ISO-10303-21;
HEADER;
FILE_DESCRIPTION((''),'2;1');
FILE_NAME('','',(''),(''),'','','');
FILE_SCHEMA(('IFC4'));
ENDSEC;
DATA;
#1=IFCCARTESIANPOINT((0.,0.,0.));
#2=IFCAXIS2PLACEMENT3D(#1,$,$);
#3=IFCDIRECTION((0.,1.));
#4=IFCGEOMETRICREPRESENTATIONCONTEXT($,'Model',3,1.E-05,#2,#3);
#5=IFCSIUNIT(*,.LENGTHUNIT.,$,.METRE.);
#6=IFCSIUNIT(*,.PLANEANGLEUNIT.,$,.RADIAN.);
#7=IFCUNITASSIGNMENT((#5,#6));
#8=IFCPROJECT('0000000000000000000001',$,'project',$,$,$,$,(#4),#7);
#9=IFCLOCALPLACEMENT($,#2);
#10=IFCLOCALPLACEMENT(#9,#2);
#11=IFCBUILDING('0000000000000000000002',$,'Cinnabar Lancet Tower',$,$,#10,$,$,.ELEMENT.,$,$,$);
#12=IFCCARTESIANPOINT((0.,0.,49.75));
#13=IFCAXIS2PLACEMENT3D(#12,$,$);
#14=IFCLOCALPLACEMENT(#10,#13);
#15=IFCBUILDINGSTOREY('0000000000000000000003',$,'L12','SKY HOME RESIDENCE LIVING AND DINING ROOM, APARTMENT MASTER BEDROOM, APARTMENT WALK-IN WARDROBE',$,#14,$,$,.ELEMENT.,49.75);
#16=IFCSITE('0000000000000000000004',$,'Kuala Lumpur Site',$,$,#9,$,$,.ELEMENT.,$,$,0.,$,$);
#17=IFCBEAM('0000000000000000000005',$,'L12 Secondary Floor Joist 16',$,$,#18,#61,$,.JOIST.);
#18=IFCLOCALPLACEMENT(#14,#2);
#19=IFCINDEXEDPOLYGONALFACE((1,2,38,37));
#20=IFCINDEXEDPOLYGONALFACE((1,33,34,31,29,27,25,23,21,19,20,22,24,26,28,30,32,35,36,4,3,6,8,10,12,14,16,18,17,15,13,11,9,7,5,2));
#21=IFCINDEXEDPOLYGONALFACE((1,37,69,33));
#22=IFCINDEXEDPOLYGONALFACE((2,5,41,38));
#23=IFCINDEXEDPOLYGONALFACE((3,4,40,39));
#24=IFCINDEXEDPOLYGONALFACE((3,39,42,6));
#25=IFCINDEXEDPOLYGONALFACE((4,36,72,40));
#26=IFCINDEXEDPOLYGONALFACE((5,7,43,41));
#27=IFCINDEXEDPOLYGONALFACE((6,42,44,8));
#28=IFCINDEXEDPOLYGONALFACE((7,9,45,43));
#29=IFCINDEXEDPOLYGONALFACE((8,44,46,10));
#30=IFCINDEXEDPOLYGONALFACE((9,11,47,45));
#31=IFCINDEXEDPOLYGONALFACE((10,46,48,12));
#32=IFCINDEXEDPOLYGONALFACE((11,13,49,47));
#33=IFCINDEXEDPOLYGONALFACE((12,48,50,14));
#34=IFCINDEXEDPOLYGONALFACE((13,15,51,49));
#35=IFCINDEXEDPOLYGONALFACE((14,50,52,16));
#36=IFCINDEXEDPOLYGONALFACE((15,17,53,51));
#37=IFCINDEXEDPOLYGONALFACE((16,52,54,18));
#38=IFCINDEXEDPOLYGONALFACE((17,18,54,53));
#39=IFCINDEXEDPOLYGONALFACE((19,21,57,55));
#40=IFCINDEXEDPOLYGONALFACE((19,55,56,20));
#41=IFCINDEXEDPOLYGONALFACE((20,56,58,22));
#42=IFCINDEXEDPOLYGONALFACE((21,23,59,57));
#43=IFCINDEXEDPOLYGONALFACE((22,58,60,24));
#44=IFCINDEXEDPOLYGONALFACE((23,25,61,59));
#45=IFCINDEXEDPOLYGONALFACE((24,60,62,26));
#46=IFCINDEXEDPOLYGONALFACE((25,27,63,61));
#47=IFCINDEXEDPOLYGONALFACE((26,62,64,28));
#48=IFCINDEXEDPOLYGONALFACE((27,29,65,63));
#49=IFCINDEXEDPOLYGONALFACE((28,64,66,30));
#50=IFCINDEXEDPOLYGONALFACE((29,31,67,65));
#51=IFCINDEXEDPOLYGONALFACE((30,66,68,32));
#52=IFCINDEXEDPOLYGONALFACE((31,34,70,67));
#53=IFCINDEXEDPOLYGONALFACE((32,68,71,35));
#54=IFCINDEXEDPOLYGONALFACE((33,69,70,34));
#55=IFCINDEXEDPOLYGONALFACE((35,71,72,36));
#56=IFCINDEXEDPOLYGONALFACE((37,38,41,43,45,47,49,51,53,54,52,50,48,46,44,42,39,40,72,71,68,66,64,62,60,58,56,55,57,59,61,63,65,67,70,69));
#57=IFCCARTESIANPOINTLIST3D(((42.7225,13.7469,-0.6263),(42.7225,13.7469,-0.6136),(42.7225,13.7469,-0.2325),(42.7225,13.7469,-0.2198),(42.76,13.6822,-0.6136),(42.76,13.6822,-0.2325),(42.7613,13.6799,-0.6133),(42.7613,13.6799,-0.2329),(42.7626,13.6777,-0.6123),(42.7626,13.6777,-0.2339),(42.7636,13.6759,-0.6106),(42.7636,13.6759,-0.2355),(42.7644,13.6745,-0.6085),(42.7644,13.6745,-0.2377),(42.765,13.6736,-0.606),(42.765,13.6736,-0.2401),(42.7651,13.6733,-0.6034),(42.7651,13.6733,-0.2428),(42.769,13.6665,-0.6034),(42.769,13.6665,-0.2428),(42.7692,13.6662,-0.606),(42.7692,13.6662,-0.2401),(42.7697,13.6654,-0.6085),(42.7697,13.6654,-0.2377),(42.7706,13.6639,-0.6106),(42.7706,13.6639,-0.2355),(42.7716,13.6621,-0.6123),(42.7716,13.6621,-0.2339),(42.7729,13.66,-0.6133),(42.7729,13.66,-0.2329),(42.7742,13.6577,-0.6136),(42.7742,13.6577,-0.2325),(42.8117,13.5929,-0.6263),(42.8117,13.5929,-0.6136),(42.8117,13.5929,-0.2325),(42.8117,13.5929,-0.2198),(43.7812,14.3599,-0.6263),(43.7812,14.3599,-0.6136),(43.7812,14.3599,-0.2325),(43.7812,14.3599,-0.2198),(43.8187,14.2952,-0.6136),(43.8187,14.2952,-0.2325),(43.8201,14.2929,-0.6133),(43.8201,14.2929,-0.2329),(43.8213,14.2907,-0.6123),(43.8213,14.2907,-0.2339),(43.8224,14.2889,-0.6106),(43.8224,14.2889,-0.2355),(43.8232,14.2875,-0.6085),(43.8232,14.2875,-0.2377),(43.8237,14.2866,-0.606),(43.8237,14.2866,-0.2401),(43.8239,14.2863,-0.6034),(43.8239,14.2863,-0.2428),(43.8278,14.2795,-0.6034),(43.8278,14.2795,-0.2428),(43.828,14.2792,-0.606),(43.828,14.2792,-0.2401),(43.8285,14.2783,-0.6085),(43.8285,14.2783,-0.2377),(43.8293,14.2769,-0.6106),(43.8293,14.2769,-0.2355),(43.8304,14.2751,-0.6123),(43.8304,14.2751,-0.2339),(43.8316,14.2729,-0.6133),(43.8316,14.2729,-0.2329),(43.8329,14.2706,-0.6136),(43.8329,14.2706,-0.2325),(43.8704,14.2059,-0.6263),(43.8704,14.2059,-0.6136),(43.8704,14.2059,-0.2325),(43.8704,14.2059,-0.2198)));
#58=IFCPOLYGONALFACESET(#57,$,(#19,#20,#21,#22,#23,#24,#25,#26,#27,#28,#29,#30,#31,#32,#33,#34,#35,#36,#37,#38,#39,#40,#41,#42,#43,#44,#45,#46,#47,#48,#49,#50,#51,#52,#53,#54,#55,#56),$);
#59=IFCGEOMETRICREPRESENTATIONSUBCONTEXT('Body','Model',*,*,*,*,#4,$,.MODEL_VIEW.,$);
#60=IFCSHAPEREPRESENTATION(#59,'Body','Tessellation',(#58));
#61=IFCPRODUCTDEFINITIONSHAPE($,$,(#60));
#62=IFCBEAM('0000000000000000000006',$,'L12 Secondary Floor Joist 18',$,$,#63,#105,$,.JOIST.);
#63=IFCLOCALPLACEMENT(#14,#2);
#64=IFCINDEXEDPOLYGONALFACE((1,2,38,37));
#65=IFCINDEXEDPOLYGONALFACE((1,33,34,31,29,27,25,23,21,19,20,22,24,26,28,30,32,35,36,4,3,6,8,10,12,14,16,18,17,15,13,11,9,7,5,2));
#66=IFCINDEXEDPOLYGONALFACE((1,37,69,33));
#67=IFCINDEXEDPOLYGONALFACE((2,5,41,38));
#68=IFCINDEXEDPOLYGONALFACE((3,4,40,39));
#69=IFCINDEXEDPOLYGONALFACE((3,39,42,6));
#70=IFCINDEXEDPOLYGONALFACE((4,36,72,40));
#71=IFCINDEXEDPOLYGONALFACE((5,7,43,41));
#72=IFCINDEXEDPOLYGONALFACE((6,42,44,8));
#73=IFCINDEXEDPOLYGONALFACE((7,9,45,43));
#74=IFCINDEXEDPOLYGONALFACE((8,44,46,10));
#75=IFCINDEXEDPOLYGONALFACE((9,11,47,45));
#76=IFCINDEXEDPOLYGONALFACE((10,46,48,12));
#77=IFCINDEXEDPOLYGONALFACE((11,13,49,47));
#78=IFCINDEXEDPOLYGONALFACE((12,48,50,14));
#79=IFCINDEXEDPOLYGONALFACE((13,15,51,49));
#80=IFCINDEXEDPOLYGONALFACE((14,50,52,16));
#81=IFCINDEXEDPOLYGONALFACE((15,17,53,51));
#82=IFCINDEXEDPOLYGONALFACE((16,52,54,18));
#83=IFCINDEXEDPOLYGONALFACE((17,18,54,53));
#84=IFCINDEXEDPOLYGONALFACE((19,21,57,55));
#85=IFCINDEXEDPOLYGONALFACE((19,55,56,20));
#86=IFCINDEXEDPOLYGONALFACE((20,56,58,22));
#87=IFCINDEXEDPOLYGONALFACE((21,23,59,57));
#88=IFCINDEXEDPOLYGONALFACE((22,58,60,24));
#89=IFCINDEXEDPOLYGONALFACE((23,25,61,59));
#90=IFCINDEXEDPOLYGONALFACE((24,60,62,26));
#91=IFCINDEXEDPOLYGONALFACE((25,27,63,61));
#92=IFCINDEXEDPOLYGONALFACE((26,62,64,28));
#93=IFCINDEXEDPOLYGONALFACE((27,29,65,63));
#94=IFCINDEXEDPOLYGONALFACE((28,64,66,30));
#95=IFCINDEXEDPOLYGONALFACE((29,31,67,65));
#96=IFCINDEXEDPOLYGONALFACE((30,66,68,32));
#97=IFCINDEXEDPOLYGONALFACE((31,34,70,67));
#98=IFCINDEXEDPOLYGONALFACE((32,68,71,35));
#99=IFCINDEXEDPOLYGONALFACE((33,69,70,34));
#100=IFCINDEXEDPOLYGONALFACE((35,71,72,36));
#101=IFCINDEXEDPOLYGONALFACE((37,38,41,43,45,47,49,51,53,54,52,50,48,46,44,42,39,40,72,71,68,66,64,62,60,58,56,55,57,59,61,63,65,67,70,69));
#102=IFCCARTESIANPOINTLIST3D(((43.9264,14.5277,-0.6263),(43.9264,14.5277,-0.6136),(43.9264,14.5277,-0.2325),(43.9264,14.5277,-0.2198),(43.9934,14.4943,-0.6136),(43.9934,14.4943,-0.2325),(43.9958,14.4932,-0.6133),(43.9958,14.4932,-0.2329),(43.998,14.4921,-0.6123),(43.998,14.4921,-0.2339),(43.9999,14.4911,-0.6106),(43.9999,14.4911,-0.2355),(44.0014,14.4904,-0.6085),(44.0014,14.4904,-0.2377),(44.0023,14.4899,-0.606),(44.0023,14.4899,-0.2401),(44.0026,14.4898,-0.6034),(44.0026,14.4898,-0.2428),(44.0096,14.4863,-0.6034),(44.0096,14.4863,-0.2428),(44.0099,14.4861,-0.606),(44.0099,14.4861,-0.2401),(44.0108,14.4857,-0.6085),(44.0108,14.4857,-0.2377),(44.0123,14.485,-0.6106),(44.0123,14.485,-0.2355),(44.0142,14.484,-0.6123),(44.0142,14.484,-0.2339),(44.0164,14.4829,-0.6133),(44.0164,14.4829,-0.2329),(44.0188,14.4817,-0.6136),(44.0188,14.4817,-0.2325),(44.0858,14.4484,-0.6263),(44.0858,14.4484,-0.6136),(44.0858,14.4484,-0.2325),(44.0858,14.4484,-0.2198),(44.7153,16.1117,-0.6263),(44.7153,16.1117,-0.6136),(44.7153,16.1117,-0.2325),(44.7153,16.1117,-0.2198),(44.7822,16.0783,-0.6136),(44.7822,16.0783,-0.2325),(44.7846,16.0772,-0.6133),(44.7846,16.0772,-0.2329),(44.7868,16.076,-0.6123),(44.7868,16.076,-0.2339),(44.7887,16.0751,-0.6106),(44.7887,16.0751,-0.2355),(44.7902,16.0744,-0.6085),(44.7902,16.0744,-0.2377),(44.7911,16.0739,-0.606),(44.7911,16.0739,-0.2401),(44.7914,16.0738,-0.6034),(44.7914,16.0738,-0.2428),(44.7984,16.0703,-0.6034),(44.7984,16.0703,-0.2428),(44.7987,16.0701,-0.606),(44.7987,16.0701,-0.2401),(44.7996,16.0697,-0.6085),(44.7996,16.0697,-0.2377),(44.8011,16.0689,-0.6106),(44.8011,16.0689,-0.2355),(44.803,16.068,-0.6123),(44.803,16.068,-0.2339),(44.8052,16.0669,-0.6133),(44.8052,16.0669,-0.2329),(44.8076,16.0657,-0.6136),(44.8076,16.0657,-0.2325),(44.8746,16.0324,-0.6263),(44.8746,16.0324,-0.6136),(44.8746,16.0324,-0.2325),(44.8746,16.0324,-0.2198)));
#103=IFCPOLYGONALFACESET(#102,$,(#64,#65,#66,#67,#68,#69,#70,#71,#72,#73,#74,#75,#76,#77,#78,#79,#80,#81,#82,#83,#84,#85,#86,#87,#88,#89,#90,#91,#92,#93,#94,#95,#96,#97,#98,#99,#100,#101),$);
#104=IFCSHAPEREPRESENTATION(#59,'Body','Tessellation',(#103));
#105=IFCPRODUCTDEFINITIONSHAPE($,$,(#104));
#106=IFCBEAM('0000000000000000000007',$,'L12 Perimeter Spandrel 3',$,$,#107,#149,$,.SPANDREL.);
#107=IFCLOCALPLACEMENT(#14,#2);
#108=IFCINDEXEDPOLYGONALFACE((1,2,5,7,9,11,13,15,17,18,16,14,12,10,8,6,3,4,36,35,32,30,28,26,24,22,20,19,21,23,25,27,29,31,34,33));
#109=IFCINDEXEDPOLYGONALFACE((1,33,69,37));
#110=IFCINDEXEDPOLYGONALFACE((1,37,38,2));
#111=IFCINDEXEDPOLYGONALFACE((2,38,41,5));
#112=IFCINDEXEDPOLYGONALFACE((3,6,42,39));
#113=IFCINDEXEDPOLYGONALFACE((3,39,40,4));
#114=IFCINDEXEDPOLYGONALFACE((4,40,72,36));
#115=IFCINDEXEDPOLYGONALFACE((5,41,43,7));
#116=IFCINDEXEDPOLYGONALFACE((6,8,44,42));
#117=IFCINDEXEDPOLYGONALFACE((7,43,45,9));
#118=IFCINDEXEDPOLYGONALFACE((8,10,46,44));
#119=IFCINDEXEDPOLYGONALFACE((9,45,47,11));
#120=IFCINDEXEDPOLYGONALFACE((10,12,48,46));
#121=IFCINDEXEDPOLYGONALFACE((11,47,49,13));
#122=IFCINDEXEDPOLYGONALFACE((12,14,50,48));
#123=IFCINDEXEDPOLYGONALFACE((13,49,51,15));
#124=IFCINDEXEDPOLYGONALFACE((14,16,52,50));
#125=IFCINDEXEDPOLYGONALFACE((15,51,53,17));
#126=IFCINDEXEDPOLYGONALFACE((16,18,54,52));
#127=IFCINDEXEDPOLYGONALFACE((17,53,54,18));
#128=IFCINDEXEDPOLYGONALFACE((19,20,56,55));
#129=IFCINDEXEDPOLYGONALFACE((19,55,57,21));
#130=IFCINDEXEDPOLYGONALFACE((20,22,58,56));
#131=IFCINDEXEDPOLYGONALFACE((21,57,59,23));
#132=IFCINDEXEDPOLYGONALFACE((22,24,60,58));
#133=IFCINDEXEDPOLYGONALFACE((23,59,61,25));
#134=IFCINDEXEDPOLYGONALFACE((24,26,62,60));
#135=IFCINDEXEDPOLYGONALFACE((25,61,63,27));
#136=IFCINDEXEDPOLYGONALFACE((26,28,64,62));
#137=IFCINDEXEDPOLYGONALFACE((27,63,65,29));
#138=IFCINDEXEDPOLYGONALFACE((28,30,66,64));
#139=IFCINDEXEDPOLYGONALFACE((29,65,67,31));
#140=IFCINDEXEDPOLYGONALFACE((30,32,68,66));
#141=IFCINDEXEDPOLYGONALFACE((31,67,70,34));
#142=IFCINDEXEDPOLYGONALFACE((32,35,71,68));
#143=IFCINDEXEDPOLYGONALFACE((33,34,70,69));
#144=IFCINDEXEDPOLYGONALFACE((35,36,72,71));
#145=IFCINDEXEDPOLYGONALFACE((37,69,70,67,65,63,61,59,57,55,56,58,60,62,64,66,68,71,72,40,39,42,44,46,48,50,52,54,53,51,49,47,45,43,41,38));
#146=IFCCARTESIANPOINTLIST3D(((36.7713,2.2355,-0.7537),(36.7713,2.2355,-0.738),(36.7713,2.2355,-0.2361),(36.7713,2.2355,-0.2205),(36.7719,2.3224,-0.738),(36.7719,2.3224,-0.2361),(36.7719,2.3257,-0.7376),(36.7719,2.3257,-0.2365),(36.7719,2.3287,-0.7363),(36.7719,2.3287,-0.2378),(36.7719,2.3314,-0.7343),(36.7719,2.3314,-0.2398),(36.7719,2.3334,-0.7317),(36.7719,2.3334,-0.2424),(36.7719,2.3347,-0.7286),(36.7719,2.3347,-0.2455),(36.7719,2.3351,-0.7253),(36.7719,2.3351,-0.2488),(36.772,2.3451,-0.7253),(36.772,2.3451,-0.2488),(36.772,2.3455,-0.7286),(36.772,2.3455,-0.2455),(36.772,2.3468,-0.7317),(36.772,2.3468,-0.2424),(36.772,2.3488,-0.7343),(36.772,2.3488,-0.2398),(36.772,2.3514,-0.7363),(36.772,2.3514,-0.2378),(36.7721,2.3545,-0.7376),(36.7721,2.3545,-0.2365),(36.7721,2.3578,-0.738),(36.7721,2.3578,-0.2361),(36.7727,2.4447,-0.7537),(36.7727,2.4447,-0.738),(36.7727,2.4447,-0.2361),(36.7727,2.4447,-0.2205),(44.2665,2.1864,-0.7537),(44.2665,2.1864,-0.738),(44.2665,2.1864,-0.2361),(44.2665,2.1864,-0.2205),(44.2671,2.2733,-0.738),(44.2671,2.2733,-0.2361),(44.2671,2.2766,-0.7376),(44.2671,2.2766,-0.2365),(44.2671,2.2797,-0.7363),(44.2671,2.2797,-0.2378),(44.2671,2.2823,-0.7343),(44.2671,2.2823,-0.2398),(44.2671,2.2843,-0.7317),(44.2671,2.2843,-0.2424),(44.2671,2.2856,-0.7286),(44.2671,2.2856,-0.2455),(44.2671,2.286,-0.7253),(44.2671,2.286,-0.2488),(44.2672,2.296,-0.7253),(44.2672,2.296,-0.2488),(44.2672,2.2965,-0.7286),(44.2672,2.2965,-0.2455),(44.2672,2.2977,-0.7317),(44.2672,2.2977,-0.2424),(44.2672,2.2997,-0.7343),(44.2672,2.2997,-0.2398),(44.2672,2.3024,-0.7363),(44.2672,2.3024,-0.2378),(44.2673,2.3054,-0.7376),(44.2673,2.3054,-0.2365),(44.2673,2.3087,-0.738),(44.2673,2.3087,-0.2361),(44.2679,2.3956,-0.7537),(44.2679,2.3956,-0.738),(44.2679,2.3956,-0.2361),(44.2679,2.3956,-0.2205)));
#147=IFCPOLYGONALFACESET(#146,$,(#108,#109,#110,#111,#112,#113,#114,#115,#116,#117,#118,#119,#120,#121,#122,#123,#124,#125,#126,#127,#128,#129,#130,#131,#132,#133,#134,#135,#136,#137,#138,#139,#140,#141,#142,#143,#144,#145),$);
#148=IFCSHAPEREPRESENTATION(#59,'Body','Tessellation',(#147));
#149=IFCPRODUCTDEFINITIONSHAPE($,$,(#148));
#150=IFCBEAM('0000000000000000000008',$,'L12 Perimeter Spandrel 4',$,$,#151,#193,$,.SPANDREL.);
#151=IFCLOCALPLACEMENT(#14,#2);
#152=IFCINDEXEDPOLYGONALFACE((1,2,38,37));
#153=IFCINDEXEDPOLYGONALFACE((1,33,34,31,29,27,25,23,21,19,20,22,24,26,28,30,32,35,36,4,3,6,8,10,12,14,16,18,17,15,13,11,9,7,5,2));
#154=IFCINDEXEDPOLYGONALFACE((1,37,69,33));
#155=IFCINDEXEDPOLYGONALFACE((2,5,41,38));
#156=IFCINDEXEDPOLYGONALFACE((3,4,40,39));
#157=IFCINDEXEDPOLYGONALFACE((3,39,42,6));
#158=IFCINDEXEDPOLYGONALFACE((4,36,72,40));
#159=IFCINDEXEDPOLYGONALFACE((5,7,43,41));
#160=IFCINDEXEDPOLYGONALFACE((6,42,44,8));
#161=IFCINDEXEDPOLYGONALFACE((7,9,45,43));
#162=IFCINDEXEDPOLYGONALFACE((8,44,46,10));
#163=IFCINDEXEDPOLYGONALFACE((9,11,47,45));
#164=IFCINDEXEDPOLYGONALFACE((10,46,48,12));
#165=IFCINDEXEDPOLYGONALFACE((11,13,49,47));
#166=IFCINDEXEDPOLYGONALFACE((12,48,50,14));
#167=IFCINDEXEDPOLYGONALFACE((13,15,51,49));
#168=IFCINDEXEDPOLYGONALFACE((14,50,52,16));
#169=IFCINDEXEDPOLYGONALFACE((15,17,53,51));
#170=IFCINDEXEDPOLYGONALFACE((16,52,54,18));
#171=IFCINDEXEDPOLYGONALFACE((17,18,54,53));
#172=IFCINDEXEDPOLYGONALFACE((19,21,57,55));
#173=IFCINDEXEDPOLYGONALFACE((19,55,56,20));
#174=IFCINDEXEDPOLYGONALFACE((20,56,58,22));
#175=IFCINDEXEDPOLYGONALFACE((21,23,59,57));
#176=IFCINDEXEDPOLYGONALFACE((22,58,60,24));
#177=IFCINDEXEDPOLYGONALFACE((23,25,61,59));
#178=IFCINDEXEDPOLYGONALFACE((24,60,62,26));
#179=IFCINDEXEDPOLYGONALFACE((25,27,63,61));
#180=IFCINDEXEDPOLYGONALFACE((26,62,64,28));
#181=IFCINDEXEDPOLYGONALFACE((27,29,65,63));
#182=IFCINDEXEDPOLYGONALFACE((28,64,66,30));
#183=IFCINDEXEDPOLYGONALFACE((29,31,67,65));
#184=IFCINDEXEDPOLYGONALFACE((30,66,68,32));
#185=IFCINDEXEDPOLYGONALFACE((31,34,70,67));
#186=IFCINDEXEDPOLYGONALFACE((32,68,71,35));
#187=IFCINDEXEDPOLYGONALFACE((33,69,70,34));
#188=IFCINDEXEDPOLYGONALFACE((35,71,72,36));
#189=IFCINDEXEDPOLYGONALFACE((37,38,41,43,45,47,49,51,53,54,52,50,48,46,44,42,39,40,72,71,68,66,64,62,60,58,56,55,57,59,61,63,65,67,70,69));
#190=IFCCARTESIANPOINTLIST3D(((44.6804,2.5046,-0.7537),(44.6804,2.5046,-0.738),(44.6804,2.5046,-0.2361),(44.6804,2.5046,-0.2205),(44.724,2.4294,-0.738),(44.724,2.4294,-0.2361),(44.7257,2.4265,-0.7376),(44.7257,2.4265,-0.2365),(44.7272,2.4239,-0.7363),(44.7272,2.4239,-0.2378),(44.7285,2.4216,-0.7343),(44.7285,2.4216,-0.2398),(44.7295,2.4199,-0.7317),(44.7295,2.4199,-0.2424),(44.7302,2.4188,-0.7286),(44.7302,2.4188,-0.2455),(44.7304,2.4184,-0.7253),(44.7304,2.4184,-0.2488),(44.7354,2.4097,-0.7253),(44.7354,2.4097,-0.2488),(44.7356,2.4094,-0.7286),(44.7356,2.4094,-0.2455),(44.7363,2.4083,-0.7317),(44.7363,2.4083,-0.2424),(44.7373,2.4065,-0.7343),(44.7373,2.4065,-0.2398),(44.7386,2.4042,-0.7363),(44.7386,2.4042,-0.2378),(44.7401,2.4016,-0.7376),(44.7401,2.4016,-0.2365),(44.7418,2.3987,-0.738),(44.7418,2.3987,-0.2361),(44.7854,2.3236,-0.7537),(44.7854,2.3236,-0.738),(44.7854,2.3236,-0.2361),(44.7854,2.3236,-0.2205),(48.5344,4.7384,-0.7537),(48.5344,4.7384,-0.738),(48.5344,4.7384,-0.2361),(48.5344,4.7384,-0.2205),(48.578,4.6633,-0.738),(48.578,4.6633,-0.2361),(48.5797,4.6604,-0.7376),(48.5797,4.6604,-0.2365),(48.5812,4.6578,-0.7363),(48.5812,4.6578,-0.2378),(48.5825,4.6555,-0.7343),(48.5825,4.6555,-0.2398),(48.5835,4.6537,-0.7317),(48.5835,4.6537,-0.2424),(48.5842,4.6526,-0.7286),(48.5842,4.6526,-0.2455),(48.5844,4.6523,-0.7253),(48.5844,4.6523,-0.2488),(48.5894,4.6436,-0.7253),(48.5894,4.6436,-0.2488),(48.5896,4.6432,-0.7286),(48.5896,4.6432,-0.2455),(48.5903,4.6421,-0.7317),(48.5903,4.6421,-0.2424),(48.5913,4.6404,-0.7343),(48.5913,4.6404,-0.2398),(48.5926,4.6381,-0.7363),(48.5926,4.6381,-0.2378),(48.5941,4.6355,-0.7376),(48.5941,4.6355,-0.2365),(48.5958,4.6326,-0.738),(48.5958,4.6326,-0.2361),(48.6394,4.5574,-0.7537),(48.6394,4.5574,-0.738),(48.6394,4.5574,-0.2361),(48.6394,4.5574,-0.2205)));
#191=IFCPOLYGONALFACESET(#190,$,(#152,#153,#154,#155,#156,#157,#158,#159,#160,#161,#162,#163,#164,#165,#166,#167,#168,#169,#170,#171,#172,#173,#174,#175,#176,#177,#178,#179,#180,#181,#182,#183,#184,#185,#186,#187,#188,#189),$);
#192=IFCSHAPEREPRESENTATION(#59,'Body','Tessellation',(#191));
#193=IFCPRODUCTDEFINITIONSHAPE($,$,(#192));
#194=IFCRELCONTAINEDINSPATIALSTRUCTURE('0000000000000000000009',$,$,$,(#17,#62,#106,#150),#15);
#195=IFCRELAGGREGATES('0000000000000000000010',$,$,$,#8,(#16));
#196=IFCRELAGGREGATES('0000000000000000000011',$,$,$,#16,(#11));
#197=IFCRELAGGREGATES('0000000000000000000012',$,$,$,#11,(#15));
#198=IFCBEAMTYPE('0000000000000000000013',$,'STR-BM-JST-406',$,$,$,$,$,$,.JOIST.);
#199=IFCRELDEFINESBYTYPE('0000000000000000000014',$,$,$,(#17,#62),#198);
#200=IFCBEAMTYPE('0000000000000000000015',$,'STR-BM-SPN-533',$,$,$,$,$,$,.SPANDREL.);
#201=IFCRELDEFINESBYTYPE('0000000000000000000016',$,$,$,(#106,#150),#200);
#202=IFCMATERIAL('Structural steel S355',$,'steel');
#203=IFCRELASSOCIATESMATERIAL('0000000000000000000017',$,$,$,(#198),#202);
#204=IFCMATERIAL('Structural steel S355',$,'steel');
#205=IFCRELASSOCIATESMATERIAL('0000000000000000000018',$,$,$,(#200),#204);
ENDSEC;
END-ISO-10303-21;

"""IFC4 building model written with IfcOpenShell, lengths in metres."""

from ifc_helpers import new_model, si_unit, direction, frame, origin, origin_2d, place, context, subcontext, project, spatial, i_section, extrude, material, material_profile, profile_set, type_object, element, save


model = new_model("IFC4")

# Units and contexts
model_context = context("Model", 3, precision=1e-05, world=origin(), true_north=direction((0.0, 1.0)))
body_context = subcontext(model_context, "Body", "Model", "MODEL_VIEW")
ifc_project = project(units=[si_unit("LENGTHUNIT", "METRE"), si_unit("PLANEANGLEUNIT", "RADIAN")], contexts=[model_context])

# Site, building, storey
site_placement = place(None, origin())
site = spatial("IfcSite", under=ifc_project, at=site_placement, Name="Kuala Lumpur Site", CompositionType="ELEMENT", RefElevation=0.0)
building_placement = place(site_placement, origin())
building = spatial("IfcBuilding", under=site, at=building_placement, Name="Cinnabar Lancet Tower", CompositionType="ELEMENT")
storey_placement = place(building_placement, frame((0.0, 0.0, 49.75)))
storey = spatial("IfcBuildingStorey", under=building, at=storey_placement, Name="L12", Description="SKY HOME RESIDENCE LIVING AND DINING ROOM, APARTMENT MASTER BEDROOM, APARTMENT WALK-IN WARDROBE", CompositionType="ELEMENT", Elevation=49.75)

# Beams
ifc_material_1 = material(Name="Structural steel S355", Category="steel")
ifc_material_profile_1 = material_profile(ifc_material_1, i_section(OverallWidth=0.178, OverallDepth=0.4065, WebThickness=0.0078, FlangeThickness=0.0127, FilletRadius=0.0103, at=origin_2d()), Name="UKB 406x178x60")
ifc_profile_set_1 = profile_set([ifc_material_profile_1], Name="Structural steel S355")
beam_type_1 = type_object("IfcBeamType", Name="STR-BM-JST-406", PredefinedType="JOIST", material=ifc_profile_set_1)
beam_1_placement = place(storey_placement, frame((42.7671, 13.6699, -0.4231), z_axis=(0.865417, 0.501052, 0.0), x_axis=(-0.501052, 0.865417, 0.0)))
element("IfcBeam", 1, at=beam_1_placement, inside=storey, type_object=beam_type_1, Name="L12 Secondary Floor Joist 16", PredefinedType="JOIST", context=body_context, shape_type="SweptSolid", body=[
    extrude(i_section(OverallWidth=0.178, OverallDepth=0.4065, WebThickness=0.0078, FlangeThickness=0.0127, FilletRadius=0.0103, at=origin_2d()), origin(), (0.0, 0.0, 1.0), 1.2234),
])
beam_2_placement = place(storey_placement, frame((44.0061, 14.488, -0.4231), z_axis=(0.445778, 0.895143, 0.0), x_axis=(-0.895143, 0.445778, 0.0)))
element("IfcBeam", 2, at=beam_2_placement, inside=storey, type_object=beam_type_1, Name="L12 Secondary Floor Joist 18", PredefinedType="JOIST", context=body_context, shape_type="SweptSolid", body=[
    extrude(i_section(OverallWidth=0.178, OverallDepth=0.4065, WebThickness=0.0078, FlangeThickness=0.0127, FilletRadius=0.0103, at=origin_2d()), origin(), (0.0, 0.0, 1.0), 1.7695),
])
ifc_material_2 = material(Name="Structural steel S355", Category="steel")
ifc_material_profile_2 = material_profile(ifc_material_2, i_section(OverallWidth=0.2092, OverallDepth=0.5332, WebThickness=0.01, FlangeThickness=0.0156, FilletRadius=0.0127, at=origin_2d()), Name="UKB 533x210x92")
ifc_profile_set_2 = profile_set([ifc_material_profile_2], Name="Structural steel S355")
beam_type_2 = type_object("IfcBeamType", Name="STR-BM-SPN-533", PredefinedType="SPANDREL", material=ifc_profile_set_2)
beam_3_placement = place(storey_placement, frame((36.772, 2.3401, -0.4871), z_axis=(0.999979, -0.006547, 0.0), x_axis=(0.006547, 0.999979, 0.0)))
element("IfcBeam", 3, at=beam_3_placement, inside=storey, type_object=beam_type_2, Name="L12 Perimeter Spandrel 3", PredefinedType="SPANDREL", context=body_context, shape_type="SweptSolid", body=[
    extrude(i_section(OverallWidth=0.2092, OverallDepth=0.5332, WebThickness=0.01, FlangeThickness=0.0156, FilletRadius=0.0127, at=origin_2d()), origin(), (0.0, 0.0, 1.0), 7.4954),
])
beam_4_placement = place(storey_placement, frame((44.7329, 2.4141, -0.4871), z_axis=(0.865171, 0.501477, 0.0), x_axis=(-0.501477, 0.865171, 0.0)))
element("IfcBeam", 4, at=beam_4_placement, inside=storey, type_object=beam_type_2, Name="L12 Perimeter Spandrel 4", PredefinedType="SPANDREL", context=body_context, shape_type="SweptSolid", body=[
    extrude(i_section(OverallWidth=0.2092, OverallDepth=0.5332, WebThickness=0.01, FlangeThickness=0.0156, FilletRadius=0.0127, at=origin_2d()), origin(), (0.0, 0.0, 1.0), 4.4546),
])

save(model, "model.ifc")
